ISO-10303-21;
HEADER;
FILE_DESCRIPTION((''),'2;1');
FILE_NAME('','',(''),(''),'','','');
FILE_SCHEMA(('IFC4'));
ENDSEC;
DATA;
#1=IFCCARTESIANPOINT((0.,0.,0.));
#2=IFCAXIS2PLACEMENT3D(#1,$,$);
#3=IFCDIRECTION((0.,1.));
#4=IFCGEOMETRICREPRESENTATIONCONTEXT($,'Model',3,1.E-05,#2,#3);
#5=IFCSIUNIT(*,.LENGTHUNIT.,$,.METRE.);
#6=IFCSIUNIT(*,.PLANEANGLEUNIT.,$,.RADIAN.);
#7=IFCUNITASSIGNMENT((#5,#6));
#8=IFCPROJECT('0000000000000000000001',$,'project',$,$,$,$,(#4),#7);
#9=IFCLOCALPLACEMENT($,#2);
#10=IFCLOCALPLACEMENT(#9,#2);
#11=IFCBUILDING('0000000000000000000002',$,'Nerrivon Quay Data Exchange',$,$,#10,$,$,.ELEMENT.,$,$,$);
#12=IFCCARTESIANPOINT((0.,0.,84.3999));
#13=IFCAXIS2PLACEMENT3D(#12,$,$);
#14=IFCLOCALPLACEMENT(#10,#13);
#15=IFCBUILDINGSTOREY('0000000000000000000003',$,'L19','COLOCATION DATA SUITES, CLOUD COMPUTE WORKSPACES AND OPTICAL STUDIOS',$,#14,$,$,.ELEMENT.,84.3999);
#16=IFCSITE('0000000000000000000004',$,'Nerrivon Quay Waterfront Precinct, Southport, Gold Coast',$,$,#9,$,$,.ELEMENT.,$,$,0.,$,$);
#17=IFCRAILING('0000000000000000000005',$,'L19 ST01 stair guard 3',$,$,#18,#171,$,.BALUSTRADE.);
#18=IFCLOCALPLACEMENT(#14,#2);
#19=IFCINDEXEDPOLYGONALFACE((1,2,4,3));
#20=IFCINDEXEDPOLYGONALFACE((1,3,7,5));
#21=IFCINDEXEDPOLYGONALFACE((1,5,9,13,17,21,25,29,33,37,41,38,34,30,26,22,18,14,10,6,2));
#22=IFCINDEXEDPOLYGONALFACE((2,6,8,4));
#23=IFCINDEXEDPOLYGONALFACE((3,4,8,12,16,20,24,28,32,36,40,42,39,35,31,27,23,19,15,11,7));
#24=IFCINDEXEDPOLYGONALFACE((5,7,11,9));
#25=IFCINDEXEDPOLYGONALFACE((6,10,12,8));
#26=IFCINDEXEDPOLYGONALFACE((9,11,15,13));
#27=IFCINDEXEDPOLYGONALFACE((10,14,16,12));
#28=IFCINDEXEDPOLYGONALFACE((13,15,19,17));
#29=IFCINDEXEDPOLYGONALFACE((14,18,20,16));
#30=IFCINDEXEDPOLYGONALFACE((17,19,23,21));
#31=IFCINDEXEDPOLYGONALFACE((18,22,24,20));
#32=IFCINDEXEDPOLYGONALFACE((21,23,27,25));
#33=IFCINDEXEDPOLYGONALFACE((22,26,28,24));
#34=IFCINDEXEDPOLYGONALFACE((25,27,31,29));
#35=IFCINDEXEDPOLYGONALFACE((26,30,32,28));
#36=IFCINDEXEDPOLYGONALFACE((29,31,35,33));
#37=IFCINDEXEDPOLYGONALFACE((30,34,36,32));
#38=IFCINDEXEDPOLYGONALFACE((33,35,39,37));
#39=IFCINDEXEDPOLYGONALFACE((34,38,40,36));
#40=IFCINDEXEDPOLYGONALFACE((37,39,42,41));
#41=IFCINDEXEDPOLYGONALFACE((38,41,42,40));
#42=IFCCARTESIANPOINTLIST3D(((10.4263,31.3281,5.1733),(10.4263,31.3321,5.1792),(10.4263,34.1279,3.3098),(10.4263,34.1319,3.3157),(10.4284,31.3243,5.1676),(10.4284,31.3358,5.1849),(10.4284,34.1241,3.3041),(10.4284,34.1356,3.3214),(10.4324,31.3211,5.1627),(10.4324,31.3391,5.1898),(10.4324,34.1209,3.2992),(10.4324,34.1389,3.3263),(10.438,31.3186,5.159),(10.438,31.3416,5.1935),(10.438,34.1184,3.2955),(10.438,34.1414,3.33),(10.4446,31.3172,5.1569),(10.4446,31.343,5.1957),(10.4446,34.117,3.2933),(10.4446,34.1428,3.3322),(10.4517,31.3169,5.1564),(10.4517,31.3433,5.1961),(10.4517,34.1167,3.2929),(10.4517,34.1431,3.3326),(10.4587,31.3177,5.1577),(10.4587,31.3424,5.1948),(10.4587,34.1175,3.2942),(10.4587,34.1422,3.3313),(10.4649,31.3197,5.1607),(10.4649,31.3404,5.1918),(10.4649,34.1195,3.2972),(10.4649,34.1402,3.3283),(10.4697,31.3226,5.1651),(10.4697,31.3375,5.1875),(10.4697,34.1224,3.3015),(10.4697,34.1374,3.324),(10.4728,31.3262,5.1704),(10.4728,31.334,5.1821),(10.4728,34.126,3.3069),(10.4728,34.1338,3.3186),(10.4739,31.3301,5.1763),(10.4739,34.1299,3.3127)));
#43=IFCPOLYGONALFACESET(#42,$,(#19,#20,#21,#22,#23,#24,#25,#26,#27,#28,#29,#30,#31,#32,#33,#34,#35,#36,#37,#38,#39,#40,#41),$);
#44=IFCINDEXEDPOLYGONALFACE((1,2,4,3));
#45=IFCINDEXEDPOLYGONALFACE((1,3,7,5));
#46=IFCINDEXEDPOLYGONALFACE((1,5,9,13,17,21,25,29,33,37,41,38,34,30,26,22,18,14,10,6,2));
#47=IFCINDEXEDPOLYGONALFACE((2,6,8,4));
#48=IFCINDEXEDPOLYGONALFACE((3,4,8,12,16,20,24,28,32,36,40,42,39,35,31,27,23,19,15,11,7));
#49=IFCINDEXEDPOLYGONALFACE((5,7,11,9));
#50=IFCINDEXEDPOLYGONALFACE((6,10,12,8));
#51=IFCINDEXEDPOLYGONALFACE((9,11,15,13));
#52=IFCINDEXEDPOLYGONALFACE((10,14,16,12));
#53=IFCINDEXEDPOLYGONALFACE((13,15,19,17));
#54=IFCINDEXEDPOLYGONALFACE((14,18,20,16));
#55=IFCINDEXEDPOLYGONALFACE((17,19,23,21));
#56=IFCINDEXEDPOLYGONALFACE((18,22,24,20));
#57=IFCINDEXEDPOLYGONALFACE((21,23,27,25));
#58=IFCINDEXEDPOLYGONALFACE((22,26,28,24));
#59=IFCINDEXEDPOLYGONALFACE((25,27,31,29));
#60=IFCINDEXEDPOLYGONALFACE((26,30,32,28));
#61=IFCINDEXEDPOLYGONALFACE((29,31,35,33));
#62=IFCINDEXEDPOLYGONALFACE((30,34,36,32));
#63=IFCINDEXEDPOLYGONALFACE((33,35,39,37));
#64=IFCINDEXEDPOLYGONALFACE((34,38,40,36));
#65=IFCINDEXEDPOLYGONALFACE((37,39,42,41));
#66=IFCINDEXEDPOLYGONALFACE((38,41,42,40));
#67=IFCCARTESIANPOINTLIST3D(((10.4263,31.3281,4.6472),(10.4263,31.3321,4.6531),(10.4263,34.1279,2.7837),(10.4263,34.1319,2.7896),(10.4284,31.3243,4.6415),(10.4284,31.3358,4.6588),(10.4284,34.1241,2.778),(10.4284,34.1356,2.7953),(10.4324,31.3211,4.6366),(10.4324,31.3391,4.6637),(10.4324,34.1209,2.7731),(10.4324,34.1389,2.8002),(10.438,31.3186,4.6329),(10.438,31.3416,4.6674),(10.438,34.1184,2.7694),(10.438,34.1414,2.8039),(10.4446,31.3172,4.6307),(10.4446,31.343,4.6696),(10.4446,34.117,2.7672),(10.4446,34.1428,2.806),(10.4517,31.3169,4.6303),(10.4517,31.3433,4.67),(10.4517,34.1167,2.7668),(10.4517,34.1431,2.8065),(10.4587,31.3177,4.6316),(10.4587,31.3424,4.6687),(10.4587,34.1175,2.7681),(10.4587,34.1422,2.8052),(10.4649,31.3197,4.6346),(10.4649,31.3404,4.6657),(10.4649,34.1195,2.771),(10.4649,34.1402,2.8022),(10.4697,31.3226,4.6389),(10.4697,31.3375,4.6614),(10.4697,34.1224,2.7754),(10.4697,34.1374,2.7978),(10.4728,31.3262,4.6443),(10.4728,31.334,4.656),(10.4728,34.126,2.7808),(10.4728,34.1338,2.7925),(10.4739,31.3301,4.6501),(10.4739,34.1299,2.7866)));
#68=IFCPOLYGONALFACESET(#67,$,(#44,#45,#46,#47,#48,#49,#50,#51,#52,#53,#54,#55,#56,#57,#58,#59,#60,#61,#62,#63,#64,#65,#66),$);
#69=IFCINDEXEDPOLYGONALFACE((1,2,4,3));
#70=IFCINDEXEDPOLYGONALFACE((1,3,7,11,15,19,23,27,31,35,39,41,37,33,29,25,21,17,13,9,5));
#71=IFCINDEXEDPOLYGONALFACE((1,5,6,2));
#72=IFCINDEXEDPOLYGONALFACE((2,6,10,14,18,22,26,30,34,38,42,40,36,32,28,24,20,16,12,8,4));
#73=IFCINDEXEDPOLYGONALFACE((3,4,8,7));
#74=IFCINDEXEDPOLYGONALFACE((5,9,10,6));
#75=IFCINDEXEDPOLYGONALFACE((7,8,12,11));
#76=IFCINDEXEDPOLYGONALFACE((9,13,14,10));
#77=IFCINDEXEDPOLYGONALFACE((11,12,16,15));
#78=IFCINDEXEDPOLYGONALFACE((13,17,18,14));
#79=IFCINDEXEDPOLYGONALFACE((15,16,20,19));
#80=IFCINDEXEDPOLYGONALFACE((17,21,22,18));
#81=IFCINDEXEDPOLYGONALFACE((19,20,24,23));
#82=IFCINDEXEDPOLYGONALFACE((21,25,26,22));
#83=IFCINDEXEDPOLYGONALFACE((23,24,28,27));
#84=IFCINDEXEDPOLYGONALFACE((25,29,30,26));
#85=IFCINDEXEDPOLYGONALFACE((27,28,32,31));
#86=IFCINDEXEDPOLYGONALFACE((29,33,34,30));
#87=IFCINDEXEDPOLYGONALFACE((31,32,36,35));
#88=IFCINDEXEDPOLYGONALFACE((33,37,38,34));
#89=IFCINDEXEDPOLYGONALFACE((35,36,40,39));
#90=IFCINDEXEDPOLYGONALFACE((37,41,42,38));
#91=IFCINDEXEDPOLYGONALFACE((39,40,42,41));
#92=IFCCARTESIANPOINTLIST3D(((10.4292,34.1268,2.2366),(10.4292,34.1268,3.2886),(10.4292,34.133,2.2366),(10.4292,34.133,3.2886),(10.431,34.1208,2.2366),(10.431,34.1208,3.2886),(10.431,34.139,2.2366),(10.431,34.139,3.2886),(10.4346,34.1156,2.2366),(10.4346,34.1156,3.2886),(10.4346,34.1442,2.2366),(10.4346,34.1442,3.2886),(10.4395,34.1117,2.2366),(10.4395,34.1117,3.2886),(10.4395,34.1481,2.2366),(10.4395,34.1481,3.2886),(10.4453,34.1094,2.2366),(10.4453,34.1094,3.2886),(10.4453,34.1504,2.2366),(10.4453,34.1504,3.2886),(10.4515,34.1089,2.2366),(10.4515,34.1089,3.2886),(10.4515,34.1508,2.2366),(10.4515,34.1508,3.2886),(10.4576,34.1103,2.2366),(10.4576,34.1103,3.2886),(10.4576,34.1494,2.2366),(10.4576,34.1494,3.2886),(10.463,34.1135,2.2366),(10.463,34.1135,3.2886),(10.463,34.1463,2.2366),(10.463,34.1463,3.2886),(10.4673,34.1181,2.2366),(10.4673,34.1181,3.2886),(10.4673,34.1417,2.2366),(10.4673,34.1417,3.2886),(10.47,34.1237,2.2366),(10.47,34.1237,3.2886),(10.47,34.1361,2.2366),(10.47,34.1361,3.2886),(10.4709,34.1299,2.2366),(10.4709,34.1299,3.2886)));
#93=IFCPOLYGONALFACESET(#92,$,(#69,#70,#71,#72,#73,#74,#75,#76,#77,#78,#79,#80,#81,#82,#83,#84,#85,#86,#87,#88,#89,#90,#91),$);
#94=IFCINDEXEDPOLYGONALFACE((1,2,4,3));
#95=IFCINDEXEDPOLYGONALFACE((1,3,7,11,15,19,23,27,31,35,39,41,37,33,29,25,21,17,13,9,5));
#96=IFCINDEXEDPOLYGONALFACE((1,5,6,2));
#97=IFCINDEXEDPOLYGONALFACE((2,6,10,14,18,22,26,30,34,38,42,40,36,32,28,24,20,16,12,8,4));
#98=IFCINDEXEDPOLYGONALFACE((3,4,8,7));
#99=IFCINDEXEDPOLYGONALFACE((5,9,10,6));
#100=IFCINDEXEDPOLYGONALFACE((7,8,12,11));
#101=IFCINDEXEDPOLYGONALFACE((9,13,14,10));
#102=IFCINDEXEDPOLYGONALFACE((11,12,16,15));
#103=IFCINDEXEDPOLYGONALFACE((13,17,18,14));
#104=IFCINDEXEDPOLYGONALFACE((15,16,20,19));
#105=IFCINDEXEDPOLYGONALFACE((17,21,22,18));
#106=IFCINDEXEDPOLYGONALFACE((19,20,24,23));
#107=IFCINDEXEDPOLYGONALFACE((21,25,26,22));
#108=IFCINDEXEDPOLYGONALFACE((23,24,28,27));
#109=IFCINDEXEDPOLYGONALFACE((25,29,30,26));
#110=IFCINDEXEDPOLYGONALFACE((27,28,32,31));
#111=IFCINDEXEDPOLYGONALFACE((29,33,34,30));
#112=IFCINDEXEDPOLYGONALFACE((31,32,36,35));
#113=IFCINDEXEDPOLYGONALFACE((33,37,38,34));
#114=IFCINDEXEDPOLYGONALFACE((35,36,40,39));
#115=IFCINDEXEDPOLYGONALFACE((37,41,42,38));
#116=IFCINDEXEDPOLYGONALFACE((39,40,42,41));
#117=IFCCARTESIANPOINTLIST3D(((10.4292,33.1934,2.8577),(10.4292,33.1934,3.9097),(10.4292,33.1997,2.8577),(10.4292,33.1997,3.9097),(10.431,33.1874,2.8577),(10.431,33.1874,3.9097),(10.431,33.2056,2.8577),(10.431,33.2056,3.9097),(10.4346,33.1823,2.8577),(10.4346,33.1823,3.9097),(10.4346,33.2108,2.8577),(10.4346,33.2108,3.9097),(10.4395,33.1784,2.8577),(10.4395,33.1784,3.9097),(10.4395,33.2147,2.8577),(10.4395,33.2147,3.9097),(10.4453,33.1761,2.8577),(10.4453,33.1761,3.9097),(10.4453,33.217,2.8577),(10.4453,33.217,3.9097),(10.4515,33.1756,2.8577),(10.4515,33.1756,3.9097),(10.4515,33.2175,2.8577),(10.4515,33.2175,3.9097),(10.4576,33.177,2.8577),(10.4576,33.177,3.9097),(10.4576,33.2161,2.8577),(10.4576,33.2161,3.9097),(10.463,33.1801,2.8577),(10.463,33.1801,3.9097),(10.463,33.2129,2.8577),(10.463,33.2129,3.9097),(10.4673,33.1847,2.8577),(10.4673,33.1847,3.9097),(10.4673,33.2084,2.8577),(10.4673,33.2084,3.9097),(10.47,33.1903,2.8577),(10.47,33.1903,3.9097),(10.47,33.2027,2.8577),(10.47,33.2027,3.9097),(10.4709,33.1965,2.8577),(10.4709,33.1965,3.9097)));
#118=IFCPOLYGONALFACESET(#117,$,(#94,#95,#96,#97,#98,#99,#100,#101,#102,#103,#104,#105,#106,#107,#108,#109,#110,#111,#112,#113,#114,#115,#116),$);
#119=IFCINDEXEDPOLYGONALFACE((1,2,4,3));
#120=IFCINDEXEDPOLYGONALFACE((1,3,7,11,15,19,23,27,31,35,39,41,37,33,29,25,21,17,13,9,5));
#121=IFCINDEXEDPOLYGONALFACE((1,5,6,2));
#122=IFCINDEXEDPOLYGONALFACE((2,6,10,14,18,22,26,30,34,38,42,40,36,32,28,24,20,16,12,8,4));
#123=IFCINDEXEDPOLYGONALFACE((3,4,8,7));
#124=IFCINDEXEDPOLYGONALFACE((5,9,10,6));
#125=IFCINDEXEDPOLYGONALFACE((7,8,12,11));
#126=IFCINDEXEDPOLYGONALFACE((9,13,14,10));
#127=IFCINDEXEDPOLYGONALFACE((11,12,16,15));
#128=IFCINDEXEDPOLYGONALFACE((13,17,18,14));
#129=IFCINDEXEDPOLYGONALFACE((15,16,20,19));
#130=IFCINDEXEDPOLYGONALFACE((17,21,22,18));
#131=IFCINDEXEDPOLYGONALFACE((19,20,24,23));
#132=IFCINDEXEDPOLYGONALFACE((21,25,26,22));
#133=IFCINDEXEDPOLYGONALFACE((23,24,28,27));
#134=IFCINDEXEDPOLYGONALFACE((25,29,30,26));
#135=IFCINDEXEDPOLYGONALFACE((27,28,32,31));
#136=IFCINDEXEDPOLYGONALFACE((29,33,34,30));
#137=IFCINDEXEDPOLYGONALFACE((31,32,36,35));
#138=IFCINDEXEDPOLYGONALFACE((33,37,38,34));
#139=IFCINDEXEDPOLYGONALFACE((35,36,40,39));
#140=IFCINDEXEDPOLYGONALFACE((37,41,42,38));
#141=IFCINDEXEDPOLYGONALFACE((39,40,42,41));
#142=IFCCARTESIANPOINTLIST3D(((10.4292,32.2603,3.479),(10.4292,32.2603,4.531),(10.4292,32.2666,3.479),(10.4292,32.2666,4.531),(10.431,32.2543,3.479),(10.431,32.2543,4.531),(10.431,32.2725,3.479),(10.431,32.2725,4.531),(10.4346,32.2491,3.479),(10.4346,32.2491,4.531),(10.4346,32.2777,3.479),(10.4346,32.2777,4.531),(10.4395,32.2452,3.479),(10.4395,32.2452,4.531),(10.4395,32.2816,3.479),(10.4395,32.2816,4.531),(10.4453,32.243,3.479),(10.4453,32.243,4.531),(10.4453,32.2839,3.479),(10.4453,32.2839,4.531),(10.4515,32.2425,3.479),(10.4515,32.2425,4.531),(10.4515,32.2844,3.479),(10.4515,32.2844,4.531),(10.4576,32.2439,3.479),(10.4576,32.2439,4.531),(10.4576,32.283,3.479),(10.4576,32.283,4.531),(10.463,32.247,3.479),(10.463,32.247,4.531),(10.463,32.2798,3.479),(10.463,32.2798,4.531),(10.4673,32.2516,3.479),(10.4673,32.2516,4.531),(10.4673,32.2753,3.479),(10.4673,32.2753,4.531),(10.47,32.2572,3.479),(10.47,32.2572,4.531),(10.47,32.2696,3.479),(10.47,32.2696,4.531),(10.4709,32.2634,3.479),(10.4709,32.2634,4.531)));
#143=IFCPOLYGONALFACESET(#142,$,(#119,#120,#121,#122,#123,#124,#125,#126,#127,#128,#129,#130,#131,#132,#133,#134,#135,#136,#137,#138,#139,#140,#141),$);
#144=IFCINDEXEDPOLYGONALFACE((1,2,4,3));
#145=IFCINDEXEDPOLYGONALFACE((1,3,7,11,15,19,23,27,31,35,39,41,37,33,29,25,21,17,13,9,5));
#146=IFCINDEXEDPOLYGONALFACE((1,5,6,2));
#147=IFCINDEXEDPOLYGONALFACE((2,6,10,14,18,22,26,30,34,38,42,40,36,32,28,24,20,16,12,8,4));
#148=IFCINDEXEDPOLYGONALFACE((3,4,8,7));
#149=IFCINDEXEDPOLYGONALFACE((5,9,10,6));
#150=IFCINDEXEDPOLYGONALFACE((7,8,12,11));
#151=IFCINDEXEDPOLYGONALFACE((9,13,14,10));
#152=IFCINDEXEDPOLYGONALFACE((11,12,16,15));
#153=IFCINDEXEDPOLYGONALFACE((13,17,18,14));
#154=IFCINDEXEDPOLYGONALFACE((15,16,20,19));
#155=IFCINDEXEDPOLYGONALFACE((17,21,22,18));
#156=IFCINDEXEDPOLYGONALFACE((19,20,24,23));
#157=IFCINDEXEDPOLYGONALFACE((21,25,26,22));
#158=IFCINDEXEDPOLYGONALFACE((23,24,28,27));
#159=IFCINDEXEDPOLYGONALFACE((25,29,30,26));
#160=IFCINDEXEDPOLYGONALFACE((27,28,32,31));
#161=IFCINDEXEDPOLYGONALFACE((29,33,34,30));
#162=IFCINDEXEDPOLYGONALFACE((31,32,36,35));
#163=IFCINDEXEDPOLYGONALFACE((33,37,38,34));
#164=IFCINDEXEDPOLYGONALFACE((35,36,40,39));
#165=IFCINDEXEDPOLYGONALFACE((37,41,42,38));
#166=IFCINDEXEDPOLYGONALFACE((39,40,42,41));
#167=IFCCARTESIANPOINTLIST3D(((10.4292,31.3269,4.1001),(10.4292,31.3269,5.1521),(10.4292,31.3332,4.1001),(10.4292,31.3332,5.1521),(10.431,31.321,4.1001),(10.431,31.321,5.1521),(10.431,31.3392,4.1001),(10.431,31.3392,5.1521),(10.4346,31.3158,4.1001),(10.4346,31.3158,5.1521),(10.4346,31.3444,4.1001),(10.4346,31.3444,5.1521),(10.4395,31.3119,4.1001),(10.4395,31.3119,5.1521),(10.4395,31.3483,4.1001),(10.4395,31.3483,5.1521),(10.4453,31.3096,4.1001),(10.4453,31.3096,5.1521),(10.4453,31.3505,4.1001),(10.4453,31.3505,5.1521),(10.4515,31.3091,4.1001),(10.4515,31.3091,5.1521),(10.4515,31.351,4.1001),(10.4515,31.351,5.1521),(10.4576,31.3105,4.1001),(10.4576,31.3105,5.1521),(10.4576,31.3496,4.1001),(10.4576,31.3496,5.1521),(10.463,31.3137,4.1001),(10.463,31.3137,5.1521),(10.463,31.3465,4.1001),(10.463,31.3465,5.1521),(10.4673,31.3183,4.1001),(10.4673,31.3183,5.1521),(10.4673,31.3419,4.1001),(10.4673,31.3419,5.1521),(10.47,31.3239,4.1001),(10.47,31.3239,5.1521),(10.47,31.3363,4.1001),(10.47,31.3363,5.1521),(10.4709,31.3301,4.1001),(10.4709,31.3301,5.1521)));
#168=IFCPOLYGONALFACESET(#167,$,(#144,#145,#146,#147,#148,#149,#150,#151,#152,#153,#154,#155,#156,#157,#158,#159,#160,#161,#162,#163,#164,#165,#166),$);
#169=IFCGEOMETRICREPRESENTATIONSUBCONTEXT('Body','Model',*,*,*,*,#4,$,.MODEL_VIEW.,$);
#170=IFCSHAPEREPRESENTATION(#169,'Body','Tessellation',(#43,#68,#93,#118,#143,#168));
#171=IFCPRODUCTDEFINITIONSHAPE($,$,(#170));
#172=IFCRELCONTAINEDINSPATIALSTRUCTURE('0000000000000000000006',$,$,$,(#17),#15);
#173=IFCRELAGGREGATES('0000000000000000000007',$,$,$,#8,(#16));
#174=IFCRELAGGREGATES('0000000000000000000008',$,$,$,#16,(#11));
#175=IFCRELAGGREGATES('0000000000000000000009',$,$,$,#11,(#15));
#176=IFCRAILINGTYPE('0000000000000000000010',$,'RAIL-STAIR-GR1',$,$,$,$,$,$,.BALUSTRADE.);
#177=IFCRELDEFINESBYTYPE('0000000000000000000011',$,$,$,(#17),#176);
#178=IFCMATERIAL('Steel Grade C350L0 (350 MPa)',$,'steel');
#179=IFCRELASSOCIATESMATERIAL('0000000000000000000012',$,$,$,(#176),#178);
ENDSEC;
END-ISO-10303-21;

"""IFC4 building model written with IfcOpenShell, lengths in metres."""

from ifc_helpers import new_model, si_unit, direction, frame, origin, origin_2d, place, context, subcontext, project, spatial, circle, extrude, material, type_object, element, save


model = new_model("IFC4")

# Units and contexts
model_context = context("Model", 3, precision=1e-05, world=origin(), true_north=direction((0.0, 1.0)))
body_context = subcontext(model_context, "Body", "Model", "MODEL_VIEW")
ifc_project = project(units=[si_unit("LENGTHUNIT", "METRE"), si_unit("PLANEANGLEUNIT", "RADIAN")], contexts=[model_context])

# Site, building, storey
site_placement = place(None, origin())
site = spatial("IfcSite", under=ifc_project, at=site_placement, Name="Nerrivon Quay Waterfront Precinct, Southport, Gold Coast", CompositionType="ELEMENT", RefElevation=0.0)
building_placement = place(site_placement, origin())
building = spatial("IfcBuilding", under=site, at=building_placement, Name="Nerrivon Quay Data Exchange", CompositionType="ELEMENT")
storey_placement = place(building_placement, frame((0.0, 0.0, 84.3999)))
storey = spatial("IfcBuildingStorey", under=building, at=storey_placement, Name="L19", Description="COLOCATION DATA SUITES, CLOUD COMPUTE WORKSPACES AND OPTICAL STUDIOS", CompositionType="ELEMENT", Elevation=84.3999)

# Railing
ifc_material_1 = material(Name="Steel Grade C350L0 (350 MPa)", Category="steel")
railing_type_1 = type_object("IfcRailingType", Name="RAIL-STAIR-GR1", PredefinedType="BALUSTRADE", material=ifc_material_1)
railing_1_placement = place(storey_placement, frame((10.45, 34.1299, 2.2366)))
element("IfcRailing", 1, at=railing_1_placement, inside=storey, type_object=railing_type_1, Name="L19 ST01 stair guard 3", PredefinedType="BALUSTRADE", context=body_context, shape_type="SweptSolid", body=[
    extrude(circle(Radius=0.0239, at=origin_2d()), frame((0.0, 0.0, 1.0762), z_axis=(0.0, -0.832463, 0.55408), x_axis=(1.0, 0.0, 0.0)), (0.0, 0.0, 1.0), 3.3633),
    extrude(circle(Radius=0.0239, at=origin_2d()), frame((0.0, 0.0, 0.55), z_axis=(0.0, -0.832463, 0.55408), x_axis=(1.0, 0.0, 0.0)), (0.0, 0.0, 1.0), 3.3633),
    extrude(circle(Radius=0.021, at=origin_2d()), origin(), (0.0, 0.0, 1.0), 1.052),
    extrude(circle(Radius=0.021, at=origin_2d()), frame((0.0, -0.9333, 0.6211)), (0.0, 0.0, 1.0), 1.052),
    extrude(circle(Radius=0.021, at=origin_2d()), frame((0.0, -1.8665, 1.2424)), (0.0, 0.0, 1.0), 1.052),
    extrude(circle(Radius=0.021, at=origin_2d()), frame((0.0, -2.7998, 1.8635)), (0.0, 0.0, 1.0), 1.052),
])

save(model, "model.ifc")
